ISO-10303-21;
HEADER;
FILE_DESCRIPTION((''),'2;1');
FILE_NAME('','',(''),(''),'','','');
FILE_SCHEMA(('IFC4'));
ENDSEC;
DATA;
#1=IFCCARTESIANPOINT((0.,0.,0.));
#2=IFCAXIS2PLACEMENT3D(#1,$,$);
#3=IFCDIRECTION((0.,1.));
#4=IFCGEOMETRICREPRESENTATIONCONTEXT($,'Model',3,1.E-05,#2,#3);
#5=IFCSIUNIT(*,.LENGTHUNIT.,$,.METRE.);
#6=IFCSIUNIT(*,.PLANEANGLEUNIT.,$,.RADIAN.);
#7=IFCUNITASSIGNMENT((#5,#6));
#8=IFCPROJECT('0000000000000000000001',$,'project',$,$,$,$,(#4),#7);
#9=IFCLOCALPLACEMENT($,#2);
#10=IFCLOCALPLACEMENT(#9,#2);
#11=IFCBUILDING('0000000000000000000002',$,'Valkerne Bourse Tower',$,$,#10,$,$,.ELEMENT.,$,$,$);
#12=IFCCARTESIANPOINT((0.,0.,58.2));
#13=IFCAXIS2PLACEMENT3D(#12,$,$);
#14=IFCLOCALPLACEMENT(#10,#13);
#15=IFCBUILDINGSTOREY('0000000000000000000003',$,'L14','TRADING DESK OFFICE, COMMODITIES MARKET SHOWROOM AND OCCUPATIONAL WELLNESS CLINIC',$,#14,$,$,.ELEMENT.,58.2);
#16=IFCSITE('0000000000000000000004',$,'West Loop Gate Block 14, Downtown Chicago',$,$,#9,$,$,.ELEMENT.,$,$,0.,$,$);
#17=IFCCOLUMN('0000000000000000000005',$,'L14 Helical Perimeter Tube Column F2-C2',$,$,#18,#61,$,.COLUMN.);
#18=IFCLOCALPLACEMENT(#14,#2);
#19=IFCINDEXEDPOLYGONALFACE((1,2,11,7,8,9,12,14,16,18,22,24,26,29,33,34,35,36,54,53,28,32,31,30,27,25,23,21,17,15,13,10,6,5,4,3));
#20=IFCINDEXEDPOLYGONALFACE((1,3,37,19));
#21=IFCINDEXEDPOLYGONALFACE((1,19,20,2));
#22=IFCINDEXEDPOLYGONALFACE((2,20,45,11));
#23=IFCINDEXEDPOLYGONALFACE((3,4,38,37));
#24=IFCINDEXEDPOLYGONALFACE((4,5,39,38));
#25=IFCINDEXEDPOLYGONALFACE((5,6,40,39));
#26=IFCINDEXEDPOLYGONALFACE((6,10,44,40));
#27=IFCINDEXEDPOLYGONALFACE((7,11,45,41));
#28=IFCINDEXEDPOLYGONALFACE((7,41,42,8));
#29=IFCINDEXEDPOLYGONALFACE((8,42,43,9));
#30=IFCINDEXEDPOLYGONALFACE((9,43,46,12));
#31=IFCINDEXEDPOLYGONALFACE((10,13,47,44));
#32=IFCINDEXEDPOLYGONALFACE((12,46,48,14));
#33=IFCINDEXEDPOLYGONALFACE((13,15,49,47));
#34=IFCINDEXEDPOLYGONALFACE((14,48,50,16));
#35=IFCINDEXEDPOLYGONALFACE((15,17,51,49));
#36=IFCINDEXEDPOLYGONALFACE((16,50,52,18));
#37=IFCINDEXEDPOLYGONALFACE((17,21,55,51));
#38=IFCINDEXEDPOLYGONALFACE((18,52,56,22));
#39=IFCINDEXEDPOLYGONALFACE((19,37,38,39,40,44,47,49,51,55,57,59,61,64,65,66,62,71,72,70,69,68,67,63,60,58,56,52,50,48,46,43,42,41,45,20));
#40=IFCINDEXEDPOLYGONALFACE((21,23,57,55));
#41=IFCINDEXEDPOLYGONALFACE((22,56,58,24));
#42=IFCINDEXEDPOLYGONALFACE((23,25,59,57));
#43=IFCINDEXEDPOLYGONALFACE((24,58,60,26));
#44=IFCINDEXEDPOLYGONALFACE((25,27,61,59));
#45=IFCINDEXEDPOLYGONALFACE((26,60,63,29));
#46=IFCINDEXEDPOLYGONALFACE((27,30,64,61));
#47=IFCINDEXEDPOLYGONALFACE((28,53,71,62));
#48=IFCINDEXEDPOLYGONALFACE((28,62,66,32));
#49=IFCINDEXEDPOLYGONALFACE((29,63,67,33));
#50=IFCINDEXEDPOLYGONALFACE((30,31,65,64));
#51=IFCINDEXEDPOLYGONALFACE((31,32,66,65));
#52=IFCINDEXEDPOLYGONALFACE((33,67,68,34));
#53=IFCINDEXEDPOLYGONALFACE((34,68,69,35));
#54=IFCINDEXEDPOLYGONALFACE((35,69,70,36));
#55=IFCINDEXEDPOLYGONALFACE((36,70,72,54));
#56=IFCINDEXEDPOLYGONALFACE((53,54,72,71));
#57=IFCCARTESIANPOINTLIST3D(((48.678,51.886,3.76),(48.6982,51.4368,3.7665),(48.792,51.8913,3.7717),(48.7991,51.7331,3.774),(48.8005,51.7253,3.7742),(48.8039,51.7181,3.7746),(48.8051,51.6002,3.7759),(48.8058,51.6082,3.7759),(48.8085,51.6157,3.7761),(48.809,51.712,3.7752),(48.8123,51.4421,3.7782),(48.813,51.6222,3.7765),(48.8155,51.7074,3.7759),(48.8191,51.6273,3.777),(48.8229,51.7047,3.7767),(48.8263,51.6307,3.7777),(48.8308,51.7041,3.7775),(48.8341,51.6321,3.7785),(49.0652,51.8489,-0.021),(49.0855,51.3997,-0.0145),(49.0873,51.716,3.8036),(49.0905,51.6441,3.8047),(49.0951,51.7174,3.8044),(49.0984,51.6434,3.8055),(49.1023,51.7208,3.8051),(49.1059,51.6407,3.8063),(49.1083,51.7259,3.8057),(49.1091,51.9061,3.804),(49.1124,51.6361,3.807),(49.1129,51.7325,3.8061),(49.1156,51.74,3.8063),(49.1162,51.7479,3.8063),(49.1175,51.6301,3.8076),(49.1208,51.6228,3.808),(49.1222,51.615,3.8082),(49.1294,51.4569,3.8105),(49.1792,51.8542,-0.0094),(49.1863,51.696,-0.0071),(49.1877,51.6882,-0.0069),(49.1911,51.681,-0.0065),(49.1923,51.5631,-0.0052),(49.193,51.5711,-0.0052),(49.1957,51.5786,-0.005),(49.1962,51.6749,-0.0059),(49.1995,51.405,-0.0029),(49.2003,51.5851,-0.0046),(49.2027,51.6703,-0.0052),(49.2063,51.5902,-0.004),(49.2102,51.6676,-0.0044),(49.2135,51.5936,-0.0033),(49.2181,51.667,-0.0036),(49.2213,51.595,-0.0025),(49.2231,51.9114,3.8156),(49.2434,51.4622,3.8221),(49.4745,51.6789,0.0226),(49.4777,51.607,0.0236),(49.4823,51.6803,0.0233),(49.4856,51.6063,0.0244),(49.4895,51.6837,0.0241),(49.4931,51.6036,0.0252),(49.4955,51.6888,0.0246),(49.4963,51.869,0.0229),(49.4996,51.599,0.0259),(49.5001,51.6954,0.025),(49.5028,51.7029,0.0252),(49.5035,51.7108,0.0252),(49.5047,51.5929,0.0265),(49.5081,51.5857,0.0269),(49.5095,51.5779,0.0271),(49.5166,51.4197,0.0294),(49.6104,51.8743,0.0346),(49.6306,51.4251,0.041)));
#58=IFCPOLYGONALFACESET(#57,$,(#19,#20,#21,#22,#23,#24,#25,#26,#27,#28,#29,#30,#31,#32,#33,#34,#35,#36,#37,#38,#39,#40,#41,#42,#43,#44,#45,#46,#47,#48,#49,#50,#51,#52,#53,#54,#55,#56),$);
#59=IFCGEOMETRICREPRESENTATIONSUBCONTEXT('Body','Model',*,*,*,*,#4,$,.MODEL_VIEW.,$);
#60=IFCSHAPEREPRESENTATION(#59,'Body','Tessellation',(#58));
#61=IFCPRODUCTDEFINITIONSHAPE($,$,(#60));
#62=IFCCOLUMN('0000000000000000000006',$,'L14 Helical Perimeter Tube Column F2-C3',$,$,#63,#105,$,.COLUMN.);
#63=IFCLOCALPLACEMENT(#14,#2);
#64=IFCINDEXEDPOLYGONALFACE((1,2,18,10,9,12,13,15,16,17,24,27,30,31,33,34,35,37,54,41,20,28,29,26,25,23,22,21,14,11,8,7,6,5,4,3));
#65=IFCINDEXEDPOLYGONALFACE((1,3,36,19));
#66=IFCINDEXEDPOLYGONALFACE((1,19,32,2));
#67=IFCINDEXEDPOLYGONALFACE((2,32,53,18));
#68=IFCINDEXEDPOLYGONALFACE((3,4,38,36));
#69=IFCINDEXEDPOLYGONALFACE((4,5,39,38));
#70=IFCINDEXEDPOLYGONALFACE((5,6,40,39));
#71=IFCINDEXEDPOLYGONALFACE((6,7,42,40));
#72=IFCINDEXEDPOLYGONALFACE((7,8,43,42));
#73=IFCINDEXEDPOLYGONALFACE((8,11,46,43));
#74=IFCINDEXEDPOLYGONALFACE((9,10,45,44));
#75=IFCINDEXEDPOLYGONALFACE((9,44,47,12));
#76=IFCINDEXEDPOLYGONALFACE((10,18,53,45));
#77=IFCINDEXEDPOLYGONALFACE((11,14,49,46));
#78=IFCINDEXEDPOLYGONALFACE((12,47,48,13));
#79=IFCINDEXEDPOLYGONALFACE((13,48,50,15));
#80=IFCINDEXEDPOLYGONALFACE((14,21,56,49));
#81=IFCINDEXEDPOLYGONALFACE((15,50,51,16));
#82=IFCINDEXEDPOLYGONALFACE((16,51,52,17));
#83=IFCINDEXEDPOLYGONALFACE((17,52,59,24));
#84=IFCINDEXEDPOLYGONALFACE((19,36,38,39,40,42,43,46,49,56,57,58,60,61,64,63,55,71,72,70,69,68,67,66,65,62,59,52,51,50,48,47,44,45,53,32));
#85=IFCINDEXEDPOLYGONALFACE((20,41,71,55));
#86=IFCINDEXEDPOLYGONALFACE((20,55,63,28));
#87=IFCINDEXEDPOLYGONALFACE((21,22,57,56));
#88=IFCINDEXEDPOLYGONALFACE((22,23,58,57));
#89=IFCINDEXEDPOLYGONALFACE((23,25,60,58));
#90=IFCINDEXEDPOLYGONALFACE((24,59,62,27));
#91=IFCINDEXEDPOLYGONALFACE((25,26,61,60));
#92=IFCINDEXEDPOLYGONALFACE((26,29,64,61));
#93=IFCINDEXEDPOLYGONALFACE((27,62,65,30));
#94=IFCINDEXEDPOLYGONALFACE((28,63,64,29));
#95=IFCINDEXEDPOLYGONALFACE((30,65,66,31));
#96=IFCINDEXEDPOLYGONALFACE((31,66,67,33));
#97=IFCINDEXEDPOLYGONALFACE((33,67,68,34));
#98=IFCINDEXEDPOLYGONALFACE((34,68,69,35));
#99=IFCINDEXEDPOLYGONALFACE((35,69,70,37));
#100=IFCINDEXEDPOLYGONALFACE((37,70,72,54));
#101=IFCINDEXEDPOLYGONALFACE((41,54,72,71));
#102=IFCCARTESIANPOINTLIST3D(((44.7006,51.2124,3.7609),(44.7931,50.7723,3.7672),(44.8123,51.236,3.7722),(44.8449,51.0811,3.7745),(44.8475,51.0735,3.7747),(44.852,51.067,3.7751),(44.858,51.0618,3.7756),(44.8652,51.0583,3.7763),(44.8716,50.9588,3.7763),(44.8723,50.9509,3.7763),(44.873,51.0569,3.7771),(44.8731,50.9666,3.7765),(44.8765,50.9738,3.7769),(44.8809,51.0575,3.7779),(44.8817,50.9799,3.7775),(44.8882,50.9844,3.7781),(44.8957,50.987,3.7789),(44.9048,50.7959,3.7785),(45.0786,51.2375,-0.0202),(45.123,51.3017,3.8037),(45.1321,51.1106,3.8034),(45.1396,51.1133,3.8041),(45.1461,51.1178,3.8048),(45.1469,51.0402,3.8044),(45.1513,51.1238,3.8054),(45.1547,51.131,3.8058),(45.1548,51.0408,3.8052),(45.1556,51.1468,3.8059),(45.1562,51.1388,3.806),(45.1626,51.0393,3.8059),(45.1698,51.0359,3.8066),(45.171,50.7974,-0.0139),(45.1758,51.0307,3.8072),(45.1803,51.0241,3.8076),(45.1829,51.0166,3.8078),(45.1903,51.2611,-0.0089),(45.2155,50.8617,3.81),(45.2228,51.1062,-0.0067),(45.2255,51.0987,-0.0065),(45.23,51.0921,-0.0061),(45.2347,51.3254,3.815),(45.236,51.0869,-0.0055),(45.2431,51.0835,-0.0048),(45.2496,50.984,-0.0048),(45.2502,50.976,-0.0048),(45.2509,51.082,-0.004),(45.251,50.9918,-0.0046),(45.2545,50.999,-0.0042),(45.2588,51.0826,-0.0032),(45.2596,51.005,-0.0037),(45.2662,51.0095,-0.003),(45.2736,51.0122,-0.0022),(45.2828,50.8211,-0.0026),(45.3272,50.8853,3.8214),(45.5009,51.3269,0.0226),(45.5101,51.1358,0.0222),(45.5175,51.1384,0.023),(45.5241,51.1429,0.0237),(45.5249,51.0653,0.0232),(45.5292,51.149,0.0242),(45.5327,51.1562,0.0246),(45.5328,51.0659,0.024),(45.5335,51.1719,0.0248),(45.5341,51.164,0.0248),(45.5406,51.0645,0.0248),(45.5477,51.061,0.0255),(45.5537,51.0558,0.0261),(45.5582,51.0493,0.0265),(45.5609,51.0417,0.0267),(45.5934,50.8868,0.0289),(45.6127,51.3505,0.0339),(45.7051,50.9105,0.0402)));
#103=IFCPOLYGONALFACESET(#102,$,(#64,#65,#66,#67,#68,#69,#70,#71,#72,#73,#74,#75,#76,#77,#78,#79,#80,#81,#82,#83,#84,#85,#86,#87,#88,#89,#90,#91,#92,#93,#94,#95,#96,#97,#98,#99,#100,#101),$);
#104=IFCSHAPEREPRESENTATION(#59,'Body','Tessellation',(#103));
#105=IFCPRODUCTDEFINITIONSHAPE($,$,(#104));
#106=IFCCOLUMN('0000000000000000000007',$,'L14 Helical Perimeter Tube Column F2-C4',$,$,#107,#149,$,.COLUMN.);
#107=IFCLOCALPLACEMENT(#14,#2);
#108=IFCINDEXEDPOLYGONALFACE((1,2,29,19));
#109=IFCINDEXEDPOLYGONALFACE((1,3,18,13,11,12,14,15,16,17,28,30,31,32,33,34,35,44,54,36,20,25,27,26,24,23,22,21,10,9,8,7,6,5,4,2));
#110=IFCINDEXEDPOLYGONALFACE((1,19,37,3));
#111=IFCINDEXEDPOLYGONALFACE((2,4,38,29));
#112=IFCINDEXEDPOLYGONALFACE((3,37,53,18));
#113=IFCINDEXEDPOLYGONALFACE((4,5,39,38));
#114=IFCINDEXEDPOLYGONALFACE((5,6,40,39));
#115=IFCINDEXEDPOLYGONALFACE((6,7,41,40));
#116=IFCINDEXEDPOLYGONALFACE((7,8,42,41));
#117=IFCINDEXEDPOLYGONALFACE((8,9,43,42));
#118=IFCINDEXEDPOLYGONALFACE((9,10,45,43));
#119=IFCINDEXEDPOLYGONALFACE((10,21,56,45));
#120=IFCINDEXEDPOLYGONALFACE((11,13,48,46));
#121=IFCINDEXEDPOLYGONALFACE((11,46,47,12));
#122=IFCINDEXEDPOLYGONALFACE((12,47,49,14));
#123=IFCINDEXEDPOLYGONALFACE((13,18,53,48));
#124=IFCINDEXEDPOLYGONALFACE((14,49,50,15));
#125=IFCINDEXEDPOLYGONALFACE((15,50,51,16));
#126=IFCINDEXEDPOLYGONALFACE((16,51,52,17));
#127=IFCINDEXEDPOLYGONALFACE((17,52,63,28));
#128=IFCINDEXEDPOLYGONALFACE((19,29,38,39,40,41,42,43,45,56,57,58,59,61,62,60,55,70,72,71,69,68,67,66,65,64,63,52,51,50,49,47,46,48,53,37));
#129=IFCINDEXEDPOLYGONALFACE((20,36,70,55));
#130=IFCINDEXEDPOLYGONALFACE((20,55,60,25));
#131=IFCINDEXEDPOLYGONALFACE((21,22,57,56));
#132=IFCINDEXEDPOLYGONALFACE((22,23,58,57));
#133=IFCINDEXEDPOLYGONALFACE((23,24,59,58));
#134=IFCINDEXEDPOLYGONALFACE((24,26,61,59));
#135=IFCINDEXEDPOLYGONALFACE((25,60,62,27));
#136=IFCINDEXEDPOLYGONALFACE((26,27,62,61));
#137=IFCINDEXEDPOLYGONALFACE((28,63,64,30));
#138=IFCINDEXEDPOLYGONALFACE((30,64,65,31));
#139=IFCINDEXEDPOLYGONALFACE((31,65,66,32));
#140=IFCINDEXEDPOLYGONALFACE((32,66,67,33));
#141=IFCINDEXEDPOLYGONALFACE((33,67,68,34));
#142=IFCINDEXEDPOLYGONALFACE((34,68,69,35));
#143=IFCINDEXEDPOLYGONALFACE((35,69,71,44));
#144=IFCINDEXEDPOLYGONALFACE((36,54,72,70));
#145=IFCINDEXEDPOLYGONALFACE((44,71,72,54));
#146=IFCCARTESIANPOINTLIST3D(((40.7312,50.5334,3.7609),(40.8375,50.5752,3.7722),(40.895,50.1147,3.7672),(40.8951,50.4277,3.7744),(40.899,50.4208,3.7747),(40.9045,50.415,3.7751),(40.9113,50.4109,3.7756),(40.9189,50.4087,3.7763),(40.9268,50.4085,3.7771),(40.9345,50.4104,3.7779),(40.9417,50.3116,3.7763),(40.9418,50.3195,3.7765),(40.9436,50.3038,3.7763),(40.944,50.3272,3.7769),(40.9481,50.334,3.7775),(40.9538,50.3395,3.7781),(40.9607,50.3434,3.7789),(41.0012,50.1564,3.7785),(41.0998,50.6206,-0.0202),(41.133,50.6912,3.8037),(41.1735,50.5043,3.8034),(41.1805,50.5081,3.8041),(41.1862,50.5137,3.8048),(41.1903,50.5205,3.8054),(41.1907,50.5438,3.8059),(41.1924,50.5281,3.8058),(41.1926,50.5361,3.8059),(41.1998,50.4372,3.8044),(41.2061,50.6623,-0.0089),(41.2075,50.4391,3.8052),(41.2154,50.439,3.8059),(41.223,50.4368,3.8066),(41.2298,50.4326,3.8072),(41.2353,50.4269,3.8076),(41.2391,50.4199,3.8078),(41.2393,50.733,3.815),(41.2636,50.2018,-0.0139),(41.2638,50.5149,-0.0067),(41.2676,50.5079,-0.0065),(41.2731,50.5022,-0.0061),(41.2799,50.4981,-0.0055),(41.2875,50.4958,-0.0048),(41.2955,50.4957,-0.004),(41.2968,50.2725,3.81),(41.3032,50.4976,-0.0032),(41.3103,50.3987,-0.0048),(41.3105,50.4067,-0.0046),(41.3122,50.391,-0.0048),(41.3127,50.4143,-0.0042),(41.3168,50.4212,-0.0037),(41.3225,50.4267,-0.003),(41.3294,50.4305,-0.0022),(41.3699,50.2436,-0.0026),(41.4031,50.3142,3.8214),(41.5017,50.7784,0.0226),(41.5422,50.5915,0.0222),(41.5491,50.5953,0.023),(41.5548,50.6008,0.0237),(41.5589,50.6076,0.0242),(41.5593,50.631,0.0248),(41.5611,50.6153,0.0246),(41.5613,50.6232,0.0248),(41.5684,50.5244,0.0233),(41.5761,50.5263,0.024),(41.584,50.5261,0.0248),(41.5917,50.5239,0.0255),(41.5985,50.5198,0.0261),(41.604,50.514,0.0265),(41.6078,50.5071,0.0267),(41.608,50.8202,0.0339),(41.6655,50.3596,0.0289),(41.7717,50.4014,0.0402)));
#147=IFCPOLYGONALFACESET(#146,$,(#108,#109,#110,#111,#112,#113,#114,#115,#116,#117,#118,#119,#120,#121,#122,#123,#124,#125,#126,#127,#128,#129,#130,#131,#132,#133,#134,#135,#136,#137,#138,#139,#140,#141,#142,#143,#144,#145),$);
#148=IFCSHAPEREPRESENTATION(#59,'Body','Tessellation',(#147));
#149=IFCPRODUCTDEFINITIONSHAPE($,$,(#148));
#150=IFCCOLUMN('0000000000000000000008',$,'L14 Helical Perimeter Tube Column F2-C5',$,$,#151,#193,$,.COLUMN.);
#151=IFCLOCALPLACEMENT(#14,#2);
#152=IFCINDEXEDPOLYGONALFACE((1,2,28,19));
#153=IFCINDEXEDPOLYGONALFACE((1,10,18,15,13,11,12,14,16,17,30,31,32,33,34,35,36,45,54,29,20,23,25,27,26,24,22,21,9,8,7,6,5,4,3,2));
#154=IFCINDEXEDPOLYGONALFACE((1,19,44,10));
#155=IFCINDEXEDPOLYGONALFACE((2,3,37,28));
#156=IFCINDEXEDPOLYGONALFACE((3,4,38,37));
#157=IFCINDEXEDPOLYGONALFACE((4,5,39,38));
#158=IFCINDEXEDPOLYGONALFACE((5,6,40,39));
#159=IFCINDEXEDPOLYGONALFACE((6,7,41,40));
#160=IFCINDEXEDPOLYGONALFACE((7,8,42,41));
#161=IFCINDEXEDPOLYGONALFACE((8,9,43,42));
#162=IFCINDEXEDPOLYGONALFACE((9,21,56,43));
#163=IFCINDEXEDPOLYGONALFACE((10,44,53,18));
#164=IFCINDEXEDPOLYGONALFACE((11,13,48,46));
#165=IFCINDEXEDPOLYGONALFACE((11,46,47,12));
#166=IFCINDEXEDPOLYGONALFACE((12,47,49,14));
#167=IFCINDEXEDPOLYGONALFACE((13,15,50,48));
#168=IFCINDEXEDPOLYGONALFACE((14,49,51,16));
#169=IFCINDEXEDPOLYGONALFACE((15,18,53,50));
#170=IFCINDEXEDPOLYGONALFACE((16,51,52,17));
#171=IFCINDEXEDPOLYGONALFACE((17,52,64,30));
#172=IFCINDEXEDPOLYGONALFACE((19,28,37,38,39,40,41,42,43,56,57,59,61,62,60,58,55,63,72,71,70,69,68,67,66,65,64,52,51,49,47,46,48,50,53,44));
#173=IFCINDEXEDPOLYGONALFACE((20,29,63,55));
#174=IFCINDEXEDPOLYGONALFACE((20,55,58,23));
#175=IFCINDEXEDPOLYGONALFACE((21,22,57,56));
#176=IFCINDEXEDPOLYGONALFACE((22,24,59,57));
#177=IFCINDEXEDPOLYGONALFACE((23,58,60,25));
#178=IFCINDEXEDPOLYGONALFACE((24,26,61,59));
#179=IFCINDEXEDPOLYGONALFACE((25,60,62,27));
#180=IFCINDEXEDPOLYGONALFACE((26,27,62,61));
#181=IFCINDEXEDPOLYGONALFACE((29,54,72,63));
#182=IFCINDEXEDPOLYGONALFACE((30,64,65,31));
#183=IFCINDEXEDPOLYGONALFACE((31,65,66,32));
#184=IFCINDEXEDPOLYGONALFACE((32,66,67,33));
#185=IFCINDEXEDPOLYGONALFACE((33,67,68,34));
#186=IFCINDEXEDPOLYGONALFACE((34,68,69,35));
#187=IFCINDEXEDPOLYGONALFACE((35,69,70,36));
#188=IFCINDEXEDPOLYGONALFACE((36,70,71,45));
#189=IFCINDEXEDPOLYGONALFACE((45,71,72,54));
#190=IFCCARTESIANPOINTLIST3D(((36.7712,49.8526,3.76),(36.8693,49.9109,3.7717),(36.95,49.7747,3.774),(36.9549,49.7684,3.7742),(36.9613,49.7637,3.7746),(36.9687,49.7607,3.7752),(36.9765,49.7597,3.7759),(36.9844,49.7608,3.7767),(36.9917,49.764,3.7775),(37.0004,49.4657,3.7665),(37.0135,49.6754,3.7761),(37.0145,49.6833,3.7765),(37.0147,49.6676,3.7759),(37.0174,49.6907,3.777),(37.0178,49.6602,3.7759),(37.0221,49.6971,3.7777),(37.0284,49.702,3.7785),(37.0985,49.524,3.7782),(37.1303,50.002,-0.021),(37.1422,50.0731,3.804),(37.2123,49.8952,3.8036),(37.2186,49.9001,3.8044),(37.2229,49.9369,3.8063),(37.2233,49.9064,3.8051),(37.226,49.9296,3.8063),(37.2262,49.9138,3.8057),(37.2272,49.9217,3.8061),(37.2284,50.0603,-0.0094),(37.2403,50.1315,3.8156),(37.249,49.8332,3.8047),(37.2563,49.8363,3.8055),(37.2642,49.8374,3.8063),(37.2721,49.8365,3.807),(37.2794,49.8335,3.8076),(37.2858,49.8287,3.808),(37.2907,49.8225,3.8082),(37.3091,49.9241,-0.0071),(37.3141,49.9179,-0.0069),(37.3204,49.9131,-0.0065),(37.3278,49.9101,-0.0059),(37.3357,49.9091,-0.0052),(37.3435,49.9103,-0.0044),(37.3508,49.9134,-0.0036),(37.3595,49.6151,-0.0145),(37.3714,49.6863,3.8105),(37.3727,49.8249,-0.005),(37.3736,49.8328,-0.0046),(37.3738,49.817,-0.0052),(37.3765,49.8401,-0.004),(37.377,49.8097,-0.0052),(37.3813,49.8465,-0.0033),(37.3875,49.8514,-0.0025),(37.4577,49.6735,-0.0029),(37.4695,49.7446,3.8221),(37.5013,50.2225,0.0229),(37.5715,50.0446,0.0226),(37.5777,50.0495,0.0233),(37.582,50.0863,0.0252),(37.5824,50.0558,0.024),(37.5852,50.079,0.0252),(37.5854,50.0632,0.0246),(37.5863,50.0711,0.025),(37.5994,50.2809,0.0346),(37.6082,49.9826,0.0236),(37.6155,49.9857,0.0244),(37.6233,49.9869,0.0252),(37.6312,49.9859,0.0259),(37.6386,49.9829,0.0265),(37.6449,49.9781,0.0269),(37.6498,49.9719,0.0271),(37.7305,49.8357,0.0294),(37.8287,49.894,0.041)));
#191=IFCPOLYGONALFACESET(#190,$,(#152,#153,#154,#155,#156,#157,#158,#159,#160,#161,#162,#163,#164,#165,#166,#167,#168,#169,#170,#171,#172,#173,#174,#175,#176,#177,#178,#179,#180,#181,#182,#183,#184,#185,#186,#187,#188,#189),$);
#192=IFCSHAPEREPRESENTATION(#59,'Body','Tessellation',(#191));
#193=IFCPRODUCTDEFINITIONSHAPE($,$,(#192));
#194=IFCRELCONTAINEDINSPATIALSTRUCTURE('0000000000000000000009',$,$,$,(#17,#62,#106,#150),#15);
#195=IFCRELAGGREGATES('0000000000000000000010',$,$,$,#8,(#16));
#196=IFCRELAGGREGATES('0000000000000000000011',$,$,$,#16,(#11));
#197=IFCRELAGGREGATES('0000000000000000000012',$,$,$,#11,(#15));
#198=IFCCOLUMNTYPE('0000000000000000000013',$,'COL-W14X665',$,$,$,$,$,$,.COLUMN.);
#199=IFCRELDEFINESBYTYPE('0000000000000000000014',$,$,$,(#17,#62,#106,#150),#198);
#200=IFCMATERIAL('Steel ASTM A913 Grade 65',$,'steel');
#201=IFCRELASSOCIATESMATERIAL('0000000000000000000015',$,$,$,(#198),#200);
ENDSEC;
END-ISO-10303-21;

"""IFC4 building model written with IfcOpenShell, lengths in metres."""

from ifc_helpers import new_model, si_unit, direction, frame, origin, origin_2d, place, context, subcontext, project, spatial, i_section, extrude, material, material_profile, profile_set, type_object, element, save


model = new_model("IFC4")

# Units and contexts
model_context = context("Model", 3, precision=1e-05, world=origin(), true_north=direction((0.0, 1.0)))
body_context = subcontext(model_context, "Body", "Model", "MODEL_VIEW")
ifc_project = project(units=[si_unit("LENGTHUNIT", "METRE"), si_unit("PLANEANGLEUNIT", "RADIAN")], contexts=[model_context])

# Site, building, storey
site_placement = place(None, origin())
site = spatial("IfcSite", under=ifc_project, at=site_placement, Name="West Loop Gate Block 14, Downtown Chicago", CompositionType="ELEMENT", RefElevation=0.0)
building_placement = place(site_placement, origin())
building = spatial("IfcBuilding", under=site, at=building_placement, Name="Valkerne Bourse Tower", CompositionType="ELEMENT")
storey_placement = place(building_placement, frame((0.0, 0.0, 58.2)))
storey = spatial("IfcBuildingStorey", under=building, at=storey_placement, Name="L14", Description="TRADING DESK OFFICE, COMMODITIES MARKET SHOWROOM AND OCCUPATIONAL WELLNESS CLINIC", CompositionType="ELEMENT", Elevation=58.2)

# Columns
ifc_material_1 = material(Name="Steel ASTM A913 Grade 65", Category="steel")
ifc_material_profile_1 = material_profile(ifc_material_1, i_section(OverallWidth=0.4497, OverallDepth=0.5486, WebThickness=0.072, FlangeThickness=0.1147, FilletRadius=0.0305, at=origin_2d()), Name="W14X665")
ifc_profile_set_1 = profile_set([ifc_material_profile_1], Name="Steel ASTM A913 Grade 65")
column_type = type_object("IfcColumnType", Name="COL-W14X665", PredefinedType="COLUMN", material=ifc_profile_set_1)
column_1_placement = place(storey_placement, frame((49.3479, 51.637, 0.01), z_axis=(-0.101871, 0.009763, 0.99475), x_axis=(-0.045072, 0.99888, -0.014419)))
element("IfcColumn", 1, at=column_1_placement, inside=storey, type_object=column_type, Name="L14 Helical Perimeter Tube Column F2-C2", PredefinedType="COLUMN", context=body_context, shape_type="SweptSolid", body=[
    extrude(i_section(OverallWidth=0.4497, OverallDepth=0.5486, WebThickness=0.072, FlangeThickness=0.1147, FilletRadius=0.0305, at=origin_2d()), origin(), (0.0, 0.0, 1.0), 3.801),
])
for number, where, z_axis, x_axis, name in (
    (2, (45.3918, 51.074, 0.01), (-0.099457, -0.006618, 0.99502), (-0.205619, 0.978531, -0.014045), "L14 Helical Perimeter Tube Column F2-C3"),
    (3, (41.4358, 50.511, 0.01), (-0.097015, -0.022937, 0.995019), (-0.364224, 0.931206, -0.014046), "L14 Helical Perimeter Tube Column F2-C4"),
):
    element("IfcColumn", number, at=place(storey_placement, frame(where, z_axis=z_axis, x_axis=x_axis)), inside=storey, type_object=column_type, Name=name, PredefinedType="COLUMN", context=body_context, shape_type="SweptSolid", body=[
        extrude(i_section(OverallWidth=0.4497, OverallDepth=0.5486, WebThickness=0.072, FlangeThickness=0.1147, FilletRadius=0.0305, at=origin_2d()), origin(), (0.0, 0.0, 1.0), 3.8),
    ])
column_2_placement = place(storey_placement, frame((37.4795, 49.948, 0.01), z_axis=(-0.094484, -0.03931, 0.99475), x_axis=(-0.509701, 0.860231, -0.014419)))
element("IfcColumn", 4, at=column_2_placement, inside=storey, type_object=column_type, Name="L14 Helical Perimeter Tube Column F2-C5", PredefinedType="COLUMN", context=body_context, shape_type="SweptSolid", body=[
    extrude(i_section(OverallWidth=0.4497, OverallDepth=0.5486, WebThickness=0.072, FlangeThickness=0.1147, FilletRadius=0.0305, at=origin_2d()), origin(), (0.0, 0.0, 1.0), 3.801),
])

save(model, "model.ifc")
